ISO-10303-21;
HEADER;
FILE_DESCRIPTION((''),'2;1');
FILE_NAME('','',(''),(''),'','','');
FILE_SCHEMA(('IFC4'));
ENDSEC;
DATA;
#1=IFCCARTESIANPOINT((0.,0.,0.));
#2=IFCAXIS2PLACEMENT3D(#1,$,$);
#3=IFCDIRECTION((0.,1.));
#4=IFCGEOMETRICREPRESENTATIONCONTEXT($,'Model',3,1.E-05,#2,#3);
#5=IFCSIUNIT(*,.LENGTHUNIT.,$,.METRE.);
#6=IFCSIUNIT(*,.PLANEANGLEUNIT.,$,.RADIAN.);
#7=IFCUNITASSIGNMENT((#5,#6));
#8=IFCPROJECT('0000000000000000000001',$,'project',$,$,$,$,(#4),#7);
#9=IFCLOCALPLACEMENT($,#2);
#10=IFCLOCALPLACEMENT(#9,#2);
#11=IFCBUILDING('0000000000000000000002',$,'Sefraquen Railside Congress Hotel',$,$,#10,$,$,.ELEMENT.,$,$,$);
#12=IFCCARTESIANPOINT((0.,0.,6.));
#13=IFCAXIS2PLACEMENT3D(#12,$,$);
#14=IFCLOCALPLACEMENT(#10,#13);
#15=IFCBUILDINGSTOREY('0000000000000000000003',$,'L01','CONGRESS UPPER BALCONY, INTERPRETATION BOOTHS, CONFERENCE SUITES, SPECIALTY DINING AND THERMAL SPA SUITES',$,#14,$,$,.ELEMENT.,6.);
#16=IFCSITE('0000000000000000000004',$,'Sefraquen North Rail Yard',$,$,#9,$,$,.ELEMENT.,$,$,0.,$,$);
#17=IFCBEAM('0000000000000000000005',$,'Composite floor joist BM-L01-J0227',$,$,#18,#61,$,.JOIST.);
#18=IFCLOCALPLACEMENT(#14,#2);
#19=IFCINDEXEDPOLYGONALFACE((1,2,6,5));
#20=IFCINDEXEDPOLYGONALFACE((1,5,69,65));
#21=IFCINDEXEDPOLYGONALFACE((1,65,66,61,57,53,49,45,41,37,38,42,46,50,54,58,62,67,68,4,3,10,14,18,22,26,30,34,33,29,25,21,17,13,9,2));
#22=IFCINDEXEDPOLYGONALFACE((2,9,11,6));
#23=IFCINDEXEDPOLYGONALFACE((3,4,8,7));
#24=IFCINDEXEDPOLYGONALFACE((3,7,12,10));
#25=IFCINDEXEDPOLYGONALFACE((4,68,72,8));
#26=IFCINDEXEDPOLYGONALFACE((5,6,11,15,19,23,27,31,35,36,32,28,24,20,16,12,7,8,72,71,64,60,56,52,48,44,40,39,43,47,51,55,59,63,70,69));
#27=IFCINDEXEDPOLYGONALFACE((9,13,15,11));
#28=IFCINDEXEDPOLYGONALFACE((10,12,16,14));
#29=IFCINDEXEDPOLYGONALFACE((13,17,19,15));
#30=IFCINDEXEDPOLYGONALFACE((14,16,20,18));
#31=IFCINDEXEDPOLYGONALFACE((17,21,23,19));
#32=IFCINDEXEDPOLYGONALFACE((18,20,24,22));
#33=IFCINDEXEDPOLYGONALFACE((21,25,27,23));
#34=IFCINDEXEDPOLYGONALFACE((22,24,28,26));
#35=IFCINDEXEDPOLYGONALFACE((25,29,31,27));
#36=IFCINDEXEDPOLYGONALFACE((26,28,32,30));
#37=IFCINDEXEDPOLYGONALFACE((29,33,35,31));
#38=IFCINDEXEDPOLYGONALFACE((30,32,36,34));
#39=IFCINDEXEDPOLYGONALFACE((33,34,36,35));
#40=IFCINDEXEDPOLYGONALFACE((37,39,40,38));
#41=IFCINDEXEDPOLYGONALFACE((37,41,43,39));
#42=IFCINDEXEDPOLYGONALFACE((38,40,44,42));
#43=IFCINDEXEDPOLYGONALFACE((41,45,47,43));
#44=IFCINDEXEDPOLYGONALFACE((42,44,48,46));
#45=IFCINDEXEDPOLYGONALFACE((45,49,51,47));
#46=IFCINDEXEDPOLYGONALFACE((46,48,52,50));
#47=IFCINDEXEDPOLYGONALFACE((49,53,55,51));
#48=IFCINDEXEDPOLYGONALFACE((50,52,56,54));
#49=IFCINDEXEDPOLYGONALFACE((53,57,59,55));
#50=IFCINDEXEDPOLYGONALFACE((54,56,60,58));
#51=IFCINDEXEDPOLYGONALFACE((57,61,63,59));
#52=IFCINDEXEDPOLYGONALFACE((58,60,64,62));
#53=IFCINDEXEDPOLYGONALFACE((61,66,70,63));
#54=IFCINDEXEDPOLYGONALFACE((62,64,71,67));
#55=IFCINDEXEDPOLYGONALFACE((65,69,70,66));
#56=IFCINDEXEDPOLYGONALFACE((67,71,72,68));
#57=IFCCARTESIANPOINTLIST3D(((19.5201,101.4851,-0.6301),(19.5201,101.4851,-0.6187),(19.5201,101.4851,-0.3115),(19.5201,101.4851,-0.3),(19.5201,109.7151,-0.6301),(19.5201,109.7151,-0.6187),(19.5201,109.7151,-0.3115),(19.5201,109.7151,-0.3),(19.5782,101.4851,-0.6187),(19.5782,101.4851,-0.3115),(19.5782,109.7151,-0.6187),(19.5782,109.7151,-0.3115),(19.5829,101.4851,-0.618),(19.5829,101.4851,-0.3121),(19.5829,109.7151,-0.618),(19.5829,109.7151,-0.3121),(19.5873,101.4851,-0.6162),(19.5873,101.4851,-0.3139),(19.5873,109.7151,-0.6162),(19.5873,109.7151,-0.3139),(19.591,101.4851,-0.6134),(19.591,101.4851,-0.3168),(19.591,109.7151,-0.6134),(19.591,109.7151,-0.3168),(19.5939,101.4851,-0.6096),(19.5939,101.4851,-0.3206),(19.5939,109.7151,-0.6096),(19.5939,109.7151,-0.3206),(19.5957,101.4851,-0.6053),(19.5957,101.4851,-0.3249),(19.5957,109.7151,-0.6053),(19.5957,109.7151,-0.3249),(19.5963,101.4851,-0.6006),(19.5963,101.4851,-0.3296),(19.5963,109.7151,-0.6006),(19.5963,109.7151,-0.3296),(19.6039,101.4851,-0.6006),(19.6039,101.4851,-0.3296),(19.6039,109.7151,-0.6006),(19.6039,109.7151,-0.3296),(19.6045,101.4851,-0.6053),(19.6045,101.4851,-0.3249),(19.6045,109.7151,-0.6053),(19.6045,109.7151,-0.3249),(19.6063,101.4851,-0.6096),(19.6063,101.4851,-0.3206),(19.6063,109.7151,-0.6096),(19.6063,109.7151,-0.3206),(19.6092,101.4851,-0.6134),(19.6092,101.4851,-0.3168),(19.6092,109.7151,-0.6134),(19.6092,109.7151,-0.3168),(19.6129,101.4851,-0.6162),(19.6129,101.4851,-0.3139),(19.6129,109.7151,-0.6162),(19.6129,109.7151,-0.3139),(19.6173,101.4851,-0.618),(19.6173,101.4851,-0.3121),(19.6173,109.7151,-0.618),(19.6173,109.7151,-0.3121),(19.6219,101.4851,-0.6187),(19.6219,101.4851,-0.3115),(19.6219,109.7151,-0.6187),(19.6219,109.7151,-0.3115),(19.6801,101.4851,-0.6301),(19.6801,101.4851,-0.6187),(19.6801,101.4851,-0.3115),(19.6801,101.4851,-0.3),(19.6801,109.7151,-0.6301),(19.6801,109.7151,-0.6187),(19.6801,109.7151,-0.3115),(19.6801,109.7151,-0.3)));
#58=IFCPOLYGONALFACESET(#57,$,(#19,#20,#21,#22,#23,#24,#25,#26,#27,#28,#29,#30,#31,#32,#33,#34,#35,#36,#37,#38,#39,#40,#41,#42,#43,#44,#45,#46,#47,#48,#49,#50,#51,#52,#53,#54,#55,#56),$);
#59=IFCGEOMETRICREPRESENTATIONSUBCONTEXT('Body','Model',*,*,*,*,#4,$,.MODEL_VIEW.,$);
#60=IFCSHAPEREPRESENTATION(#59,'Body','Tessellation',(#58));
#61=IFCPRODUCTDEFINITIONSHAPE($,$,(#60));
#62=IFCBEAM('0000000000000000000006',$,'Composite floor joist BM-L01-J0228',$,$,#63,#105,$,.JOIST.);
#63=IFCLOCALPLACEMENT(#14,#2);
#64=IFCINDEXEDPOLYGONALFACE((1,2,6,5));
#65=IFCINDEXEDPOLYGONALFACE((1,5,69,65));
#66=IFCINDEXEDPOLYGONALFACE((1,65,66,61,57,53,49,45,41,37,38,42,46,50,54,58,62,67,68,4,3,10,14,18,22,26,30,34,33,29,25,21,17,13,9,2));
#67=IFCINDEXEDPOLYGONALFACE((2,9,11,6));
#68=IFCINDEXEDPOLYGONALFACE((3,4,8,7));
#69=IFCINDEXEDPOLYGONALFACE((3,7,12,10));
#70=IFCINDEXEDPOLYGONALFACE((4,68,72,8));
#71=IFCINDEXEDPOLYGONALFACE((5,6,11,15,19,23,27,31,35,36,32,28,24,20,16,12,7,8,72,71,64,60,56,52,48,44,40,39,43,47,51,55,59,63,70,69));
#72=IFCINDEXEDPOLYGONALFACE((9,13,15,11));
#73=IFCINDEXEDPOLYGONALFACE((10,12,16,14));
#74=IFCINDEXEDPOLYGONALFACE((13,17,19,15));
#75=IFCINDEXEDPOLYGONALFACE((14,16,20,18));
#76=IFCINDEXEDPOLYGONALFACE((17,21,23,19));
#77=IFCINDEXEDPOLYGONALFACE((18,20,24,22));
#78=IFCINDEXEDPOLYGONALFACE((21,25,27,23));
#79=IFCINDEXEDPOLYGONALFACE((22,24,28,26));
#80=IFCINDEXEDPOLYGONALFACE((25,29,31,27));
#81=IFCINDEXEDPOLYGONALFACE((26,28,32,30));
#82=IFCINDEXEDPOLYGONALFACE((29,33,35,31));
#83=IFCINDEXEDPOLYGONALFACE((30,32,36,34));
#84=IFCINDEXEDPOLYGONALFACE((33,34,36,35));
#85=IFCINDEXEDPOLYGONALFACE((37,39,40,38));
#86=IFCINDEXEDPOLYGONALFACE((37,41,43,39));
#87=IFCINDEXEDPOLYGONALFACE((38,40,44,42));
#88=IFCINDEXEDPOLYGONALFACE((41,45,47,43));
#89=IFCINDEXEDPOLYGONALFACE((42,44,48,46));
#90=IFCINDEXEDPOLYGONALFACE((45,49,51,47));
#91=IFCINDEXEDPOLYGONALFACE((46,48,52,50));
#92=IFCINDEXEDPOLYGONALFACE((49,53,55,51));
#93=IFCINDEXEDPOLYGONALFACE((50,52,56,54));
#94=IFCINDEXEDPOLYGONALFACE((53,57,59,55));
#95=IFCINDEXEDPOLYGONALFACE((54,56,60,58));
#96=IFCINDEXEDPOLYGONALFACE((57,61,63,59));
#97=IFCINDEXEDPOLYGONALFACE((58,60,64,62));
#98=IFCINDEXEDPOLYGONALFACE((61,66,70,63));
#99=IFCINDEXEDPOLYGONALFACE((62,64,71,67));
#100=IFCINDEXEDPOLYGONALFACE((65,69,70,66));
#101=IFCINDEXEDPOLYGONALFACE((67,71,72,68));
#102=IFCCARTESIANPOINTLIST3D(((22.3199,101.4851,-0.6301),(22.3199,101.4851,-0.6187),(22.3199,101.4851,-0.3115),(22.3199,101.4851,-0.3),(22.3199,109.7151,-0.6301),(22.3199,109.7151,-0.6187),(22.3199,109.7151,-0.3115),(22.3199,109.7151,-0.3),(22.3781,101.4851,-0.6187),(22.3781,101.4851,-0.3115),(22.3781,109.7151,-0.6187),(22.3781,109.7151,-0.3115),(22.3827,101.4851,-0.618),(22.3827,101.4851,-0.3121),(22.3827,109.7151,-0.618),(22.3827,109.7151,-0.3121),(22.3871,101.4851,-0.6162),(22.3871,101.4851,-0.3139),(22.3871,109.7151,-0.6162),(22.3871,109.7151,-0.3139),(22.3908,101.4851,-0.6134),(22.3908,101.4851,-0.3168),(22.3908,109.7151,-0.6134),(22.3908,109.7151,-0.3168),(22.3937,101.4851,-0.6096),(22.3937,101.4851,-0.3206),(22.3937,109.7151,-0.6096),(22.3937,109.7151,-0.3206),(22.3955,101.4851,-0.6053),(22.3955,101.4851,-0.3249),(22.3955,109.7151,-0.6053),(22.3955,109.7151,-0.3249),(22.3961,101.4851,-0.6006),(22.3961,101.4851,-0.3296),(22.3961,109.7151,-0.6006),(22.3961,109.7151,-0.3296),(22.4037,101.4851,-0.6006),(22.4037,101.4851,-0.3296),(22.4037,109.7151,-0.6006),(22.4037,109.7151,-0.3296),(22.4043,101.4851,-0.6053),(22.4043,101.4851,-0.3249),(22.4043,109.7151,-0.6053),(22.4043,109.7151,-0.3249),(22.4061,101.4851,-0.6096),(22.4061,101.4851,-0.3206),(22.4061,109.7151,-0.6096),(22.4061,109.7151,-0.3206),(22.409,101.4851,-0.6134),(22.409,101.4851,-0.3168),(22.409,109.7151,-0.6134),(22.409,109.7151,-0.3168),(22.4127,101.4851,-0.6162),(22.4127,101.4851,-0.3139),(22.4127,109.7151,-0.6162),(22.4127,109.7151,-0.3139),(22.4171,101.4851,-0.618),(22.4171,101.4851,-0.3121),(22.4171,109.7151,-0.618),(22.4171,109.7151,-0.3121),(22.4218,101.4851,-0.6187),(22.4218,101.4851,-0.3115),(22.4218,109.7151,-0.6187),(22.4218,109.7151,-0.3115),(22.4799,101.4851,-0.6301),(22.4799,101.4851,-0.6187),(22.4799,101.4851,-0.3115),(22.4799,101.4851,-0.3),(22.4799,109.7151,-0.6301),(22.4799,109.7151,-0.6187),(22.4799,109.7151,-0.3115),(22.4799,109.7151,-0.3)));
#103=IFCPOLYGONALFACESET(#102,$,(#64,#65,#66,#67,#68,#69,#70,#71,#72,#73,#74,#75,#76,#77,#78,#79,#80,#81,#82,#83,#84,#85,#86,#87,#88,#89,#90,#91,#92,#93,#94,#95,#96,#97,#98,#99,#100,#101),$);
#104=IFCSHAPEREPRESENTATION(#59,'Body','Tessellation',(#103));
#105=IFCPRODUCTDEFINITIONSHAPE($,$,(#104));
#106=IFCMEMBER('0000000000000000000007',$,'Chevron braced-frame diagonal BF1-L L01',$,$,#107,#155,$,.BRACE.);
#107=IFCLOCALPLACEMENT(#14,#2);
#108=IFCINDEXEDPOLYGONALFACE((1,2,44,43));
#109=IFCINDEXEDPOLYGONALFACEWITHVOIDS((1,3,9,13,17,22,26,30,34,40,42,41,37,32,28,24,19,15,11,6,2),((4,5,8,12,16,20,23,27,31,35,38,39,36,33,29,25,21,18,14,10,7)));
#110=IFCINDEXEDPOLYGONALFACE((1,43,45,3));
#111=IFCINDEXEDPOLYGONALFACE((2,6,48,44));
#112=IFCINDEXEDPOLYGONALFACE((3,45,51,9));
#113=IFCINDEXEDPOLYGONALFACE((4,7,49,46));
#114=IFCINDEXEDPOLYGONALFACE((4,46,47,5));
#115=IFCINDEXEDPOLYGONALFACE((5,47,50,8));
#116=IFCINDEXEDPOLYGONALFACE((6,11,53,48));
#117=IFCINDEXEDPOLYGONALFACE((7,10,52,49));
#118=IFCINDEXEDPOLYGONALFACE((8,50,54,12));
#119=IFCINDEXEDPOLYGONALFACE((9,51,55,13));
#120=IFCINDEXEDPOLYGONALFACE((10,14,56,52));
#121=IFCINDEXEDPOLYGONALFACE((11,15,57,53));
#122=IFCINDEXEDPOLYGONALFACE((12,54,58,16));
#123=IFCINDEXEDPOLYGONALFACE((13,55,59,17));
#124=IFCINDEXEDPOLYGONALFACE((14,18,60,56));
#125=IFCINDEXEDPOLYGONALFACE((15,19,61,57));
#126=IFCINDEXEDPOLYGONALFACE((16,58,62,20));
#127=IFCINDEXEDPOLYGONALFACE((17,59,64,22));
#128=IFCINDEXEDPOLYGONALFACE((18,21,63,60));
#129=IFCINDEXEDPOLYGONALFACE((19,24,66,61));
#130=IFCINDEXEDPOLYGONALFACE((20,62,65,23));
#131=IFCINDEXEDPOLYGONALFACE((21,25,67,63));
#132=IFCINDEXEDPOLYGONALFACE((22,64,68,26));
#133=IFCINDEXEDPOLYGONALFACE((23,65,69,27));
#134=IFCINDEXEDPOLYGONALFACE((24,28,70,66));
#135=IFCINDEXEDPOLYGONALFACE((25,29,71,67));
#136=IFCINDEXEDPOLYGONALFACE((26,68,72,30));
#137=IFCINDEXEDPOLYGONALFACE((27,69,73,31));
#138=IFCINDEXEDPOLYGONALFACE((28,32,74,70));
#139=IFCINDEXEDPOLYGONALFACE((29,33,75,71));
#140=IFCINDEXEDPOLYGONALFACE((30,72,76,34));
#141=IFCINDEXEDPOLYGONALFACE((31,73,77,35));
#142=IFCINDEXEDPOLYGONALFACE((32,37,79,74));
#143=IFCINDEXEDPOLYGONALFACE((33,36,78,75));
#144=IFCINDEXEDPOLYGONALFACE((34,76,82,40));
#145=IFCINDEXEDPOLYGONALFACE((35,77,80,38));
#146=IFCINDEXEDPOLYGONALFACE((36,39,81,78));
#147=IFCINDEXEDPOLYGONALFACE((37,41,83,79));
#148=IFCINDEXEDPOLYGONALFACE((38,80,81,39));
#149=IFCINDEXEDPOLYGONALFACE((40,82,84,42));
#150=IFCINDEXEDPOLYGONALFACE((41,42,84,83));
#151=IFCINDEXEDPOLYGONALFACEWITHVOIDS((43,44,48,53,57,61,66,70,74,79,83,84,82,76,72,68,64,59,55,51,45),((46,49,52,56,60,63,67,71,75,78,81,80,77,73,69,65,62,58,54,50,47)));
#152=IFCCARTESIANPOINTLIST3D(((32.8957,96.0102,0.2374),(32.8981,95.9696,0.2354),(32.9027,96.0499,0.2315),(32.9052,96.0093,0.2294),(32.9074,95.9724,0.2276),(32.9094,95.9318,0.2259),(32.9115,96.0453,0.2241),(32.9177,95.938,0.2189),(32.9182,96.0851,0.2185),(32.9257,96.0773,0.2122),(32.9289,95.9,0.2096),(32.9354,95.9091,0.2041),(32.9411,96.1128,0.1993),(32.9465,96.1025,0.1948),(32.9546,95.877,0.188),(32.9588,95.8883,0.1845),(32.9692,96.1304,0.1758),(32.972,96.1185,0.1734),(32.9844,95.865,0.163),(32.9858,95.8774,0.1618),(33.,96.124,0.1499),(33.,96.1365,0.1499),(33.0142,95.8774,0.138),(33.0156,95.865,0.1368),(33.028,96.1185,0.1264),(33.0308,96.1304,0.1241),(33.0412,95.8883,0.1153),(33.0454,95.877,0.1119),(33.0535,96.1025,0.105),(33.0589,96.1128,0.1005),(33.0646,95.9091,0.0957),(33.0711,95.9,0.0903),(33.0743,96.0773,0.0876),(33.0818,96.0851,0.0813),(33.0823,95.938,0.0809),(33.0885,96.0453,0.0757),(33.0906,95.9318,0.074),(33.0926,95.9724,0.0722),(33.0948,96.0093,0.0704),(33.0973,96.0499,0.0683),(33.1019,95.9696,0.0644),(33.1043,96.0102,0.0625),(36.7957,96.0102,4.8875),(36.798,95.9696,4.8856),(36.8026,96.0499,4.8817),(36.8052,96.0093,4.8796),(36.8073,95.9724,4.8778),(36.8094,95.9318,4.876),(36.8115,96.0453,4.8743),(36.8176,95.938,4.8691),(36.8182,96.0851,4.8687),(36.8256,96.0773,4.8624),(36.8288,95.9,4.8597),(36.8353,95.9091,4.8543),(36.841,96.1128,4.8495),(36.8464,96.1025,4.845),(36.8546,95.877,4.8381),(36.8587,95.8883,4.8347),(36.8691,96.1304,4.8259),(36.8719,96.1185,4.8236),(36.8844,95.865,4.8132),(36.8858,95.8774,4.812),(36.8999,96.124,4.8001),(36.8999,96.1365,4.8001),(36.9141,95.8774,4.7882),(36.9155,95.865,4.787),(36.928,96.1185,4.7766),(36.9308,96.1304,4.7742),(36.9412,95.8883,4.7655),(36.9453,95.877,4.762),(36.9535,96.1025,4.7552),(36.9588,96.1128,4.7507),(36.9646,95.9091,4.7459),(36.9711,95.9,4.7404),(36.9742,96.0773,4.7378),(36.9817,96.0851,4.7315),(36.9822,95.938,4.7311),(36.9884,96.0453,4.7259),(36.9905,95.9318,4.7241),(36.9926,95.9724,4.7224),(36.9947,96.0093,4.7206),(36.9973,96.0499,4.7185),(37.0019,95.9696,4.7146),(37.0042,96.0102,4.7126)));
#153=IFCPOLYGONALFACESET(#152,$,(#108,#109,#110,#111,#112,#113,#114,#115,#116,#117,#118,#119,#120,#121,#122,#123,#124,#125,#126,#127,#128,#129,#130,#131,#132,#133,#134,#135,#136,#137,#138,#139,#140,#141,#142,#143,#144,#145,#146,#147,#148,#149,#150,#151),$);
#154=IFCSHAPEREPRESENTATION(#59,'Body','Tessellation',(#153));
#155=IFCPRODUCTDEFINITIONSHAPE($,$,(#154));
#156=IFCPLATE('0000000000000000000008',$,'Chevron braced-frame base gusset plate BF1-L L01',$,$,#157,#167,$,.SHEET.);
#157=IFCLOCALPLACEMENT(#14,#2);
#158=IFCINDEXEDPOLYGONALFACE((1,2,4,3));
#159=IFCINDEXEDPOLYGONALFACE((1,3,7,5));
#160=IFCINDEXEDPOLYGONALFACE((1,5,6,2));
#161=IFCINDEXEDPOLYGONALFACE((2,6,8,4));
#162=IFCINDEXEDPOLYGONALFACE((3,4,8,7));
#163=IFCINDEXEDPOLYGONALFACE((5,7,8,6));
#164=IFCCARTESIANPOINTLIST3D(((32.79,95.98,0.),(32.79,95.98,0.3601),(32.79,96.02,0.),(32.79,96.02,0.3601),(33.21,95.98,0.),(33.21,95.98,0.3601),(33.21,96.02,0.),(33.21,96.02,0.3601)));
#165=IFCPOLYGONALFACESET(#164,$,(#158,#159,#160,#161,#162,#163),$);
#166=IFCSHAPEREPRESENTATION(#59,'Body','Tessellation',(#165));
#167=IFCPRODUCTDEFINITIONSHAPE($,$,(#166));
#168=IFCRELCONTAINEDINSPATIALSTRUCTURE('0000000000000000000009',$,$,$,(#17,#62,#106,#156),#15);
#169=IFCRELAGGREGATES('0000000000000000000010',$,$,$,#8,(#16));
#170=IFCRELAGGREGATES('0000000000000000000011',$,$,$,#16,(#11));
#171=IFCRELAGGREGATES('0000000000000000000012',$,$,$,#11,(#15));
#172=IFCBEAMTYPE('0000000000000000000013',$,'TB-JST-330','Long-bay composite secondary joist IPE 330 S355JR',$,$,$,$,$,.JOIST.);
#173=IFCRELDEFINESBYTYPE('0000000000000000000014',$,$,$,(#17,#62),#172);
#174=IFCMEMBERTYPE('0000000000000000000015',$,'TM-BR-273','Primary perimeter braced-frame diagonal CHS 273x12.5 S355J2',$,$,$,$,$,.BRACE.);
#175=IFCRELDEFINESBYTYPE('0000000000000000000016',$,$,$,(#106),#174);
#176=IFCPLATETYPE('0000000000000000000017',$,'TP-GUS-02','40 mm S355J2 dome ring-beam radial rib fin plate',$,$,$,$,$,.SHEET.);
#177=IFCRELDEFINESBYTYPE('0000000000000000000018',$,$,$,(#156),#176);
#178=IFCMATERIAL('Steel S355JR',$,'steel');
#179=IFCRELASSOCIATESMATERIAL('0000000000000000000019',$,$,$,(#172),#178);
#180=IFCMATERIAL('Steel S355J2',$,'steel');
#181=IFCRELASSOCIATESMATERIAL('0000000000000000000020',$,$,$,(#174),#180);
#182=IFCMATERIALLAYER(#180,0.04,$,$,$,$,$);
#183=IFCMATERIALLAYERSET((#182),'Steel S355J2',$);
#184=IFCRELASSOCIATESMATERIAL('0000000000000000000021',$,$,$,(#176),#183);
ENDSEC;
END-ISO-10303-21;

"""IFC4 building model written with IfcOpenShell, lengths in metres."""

from ifc_helpers import new_model, si_unit, direction, frame, origin, origin_2d, place, context, subcontext, project, spatial, rectangle, hollow_circle, i_section, extrude, material, layer, layer_set, material_profile, profile_set, type_object, element, save


model = new_model("IFC4")

# Units and contexts
model_context = context("Model", 3, precision=1e-05, world=origin(), true_north=direction((0.0, 1.0)))
body_context = subcontext(model_context, "Body", "Model", "MODEL_VIEW")
ifc_project = project(units=[si_unit("LENGTHUNIT", "METRE"), si_unit("PLANEANGLEUNIT", "RADIAN")], contexts=[model_context])

# Site, building, storey
site_placement = place(None, origin())
site = spatial("IfcSite", under=ifc_project, at=site_placement, Name="Sefraquen North Rail Yard", CompositionType="ELEMENT", RefElevation=0.0)
building_placement = place(site_placement, origin())
building = spatial("IfcBuilding", under=site, at=building_placement, Name="Sefraquen Railside Congress Hotel", CompositionType="ELEMENT")
storey_placement = place(building_placement, frame((0.0, 0.0, 6.0)))
storey = spatial("IfcBuildingStorey", under=building, at=storey_placement, Name="L01", Description="CONGRESS UPPER BALCONY, INTERPRETATION BOOTHS, CONFERENCE SUITES, SPECIALTY DINING AND THERMAL SPA SUITES", CompositionType="ELEMENT", Elevation=6.0)

# Shared definitions
ifc_material_1 = material(Name="Steel S355J2", Category="steel")
ifc_material_2 = material(Name="Steel S355JR", Category="steel")

# Beams
ifc_material_profile_1 = material_profile(ifc_material_2, i_section(OverallWidth=0.1599, OverallDepth=0.3301, WebThickness=0.0076, FlangeThickness=0.0115, FilletRadius=0.0181, at=origin_2d()), Name="IPE 330")
ifc_profile_set_1 = profile_set([ifc_material_profile_1], Name="Steel S355JR")
beam_type_1 = type_object("IfcBeamType", Name="TB-JST-330", Description="Long-bay composite secondary joist IPE 330 S355JR", PredefinedType="JOIST", material=ifc_profile_set_1)
for number, where, z_axis, x_axis, name in (
    (1, (19.6001, 101.4851, -0.4651), (0.0, 1.0, 0.0), (-1.0, 0.0, 0.0), "Composite floor joist BM-L01-J0227"),
    (2, (22.3999, 101.4851, -0.4651), (0.0, 1.0, 0.0), (-1.0, 0.0, 0.0), "Composite floor joist BM-L01-J0228"),
):
    element("IfcBeam", number, at=place(storey_placement, frame(where, z_axis=z_axis, x_axis=x_axis)), inside=storey, type_object=beam_type_1, Name=name, PredefinedType="JOIST", context=body_context, shape_type="SweptSolid", body=[
        extrude(i_section(OverallWidth=0.1599, OverallDepth=0.3301, WebThickness=0.0076, FlangeThickness=0.0115, FilletRadius=0.0181, at=origin_2d()), origin(), (0.0, 0.0, 1.0), 8.23),
    ])

# Member
ifc_material_profile_2 = material_profile(ifc_material_1, hollow_circle(Radius=0.1365, WallThickness=0.0125, at=origin_2d()), Name="CHS 273x12.5")
ifc_profile_set_2 = profile_set([ifc_material_profile_2], Name="Steel S355J2")
member_type = type_object("IfcMemberType", Name="TM-BR-273", Description="Primary perimeter braced-frame diagonal CHS 273x12.5 S355J2", PredefinedType="BRACE", material=ifc_profile_set_2)
member_placement = place(storey_placement, frame((33.0, 96.0, 0.1499), z_axis=(0.642591, 0.0, 0.766209), x_axis=(0.0, 1.0, 0.0)))
element("IfcMember", 3, at=member_placement, inside=storey, type_object=member_type, Name="Chevron braced-frame diagonal BF1-L L01", PredefinedType="BRACE", context=body_context, shape_type="SweptSolid", body=[
    extrude(hollow_circle(Radius=0.1365, WallThickness=0.0125, at=origin_2d()), origin(), (0.0, 0.0, 1.0), 6.0691),
])

# Plate
ifc_layer_1 = layer(ifc_material_1, 0.04)
ifc_layer_set_1 = layer_set([ifc_layer_1], Name="Steel S355J2")
plate_type = type_object("IfcPlateType", Name="TP-GUS-02", Description="40 mm S355J2 dome ring-beam radial rib fin plate", PredefinedType="SHEET", material=ifc_layer_set_1)
plate_placement = place(storey_placement, frame((33.0, 96.0, 0.0), z_axis=(0.0, 0.0, 1.0), x_axis=(1.0, 0.0, 0.0)))
element("IfcPlate", 4, at=plate_placement, inside=storey, type_object=plate_type, Name="Chevron braced-frame base gusset plate BF1-L L01", PredefinedType="SHEET", context=body_context, shape_type="SweptSolid", body=[
    extrude(rectangle(XDim=0.4199, YDim=0.04, at=origin_2d()), origin(), (0.0, 0.0, 1.0), 0.3601),
])

save(model, "model.ifc")
